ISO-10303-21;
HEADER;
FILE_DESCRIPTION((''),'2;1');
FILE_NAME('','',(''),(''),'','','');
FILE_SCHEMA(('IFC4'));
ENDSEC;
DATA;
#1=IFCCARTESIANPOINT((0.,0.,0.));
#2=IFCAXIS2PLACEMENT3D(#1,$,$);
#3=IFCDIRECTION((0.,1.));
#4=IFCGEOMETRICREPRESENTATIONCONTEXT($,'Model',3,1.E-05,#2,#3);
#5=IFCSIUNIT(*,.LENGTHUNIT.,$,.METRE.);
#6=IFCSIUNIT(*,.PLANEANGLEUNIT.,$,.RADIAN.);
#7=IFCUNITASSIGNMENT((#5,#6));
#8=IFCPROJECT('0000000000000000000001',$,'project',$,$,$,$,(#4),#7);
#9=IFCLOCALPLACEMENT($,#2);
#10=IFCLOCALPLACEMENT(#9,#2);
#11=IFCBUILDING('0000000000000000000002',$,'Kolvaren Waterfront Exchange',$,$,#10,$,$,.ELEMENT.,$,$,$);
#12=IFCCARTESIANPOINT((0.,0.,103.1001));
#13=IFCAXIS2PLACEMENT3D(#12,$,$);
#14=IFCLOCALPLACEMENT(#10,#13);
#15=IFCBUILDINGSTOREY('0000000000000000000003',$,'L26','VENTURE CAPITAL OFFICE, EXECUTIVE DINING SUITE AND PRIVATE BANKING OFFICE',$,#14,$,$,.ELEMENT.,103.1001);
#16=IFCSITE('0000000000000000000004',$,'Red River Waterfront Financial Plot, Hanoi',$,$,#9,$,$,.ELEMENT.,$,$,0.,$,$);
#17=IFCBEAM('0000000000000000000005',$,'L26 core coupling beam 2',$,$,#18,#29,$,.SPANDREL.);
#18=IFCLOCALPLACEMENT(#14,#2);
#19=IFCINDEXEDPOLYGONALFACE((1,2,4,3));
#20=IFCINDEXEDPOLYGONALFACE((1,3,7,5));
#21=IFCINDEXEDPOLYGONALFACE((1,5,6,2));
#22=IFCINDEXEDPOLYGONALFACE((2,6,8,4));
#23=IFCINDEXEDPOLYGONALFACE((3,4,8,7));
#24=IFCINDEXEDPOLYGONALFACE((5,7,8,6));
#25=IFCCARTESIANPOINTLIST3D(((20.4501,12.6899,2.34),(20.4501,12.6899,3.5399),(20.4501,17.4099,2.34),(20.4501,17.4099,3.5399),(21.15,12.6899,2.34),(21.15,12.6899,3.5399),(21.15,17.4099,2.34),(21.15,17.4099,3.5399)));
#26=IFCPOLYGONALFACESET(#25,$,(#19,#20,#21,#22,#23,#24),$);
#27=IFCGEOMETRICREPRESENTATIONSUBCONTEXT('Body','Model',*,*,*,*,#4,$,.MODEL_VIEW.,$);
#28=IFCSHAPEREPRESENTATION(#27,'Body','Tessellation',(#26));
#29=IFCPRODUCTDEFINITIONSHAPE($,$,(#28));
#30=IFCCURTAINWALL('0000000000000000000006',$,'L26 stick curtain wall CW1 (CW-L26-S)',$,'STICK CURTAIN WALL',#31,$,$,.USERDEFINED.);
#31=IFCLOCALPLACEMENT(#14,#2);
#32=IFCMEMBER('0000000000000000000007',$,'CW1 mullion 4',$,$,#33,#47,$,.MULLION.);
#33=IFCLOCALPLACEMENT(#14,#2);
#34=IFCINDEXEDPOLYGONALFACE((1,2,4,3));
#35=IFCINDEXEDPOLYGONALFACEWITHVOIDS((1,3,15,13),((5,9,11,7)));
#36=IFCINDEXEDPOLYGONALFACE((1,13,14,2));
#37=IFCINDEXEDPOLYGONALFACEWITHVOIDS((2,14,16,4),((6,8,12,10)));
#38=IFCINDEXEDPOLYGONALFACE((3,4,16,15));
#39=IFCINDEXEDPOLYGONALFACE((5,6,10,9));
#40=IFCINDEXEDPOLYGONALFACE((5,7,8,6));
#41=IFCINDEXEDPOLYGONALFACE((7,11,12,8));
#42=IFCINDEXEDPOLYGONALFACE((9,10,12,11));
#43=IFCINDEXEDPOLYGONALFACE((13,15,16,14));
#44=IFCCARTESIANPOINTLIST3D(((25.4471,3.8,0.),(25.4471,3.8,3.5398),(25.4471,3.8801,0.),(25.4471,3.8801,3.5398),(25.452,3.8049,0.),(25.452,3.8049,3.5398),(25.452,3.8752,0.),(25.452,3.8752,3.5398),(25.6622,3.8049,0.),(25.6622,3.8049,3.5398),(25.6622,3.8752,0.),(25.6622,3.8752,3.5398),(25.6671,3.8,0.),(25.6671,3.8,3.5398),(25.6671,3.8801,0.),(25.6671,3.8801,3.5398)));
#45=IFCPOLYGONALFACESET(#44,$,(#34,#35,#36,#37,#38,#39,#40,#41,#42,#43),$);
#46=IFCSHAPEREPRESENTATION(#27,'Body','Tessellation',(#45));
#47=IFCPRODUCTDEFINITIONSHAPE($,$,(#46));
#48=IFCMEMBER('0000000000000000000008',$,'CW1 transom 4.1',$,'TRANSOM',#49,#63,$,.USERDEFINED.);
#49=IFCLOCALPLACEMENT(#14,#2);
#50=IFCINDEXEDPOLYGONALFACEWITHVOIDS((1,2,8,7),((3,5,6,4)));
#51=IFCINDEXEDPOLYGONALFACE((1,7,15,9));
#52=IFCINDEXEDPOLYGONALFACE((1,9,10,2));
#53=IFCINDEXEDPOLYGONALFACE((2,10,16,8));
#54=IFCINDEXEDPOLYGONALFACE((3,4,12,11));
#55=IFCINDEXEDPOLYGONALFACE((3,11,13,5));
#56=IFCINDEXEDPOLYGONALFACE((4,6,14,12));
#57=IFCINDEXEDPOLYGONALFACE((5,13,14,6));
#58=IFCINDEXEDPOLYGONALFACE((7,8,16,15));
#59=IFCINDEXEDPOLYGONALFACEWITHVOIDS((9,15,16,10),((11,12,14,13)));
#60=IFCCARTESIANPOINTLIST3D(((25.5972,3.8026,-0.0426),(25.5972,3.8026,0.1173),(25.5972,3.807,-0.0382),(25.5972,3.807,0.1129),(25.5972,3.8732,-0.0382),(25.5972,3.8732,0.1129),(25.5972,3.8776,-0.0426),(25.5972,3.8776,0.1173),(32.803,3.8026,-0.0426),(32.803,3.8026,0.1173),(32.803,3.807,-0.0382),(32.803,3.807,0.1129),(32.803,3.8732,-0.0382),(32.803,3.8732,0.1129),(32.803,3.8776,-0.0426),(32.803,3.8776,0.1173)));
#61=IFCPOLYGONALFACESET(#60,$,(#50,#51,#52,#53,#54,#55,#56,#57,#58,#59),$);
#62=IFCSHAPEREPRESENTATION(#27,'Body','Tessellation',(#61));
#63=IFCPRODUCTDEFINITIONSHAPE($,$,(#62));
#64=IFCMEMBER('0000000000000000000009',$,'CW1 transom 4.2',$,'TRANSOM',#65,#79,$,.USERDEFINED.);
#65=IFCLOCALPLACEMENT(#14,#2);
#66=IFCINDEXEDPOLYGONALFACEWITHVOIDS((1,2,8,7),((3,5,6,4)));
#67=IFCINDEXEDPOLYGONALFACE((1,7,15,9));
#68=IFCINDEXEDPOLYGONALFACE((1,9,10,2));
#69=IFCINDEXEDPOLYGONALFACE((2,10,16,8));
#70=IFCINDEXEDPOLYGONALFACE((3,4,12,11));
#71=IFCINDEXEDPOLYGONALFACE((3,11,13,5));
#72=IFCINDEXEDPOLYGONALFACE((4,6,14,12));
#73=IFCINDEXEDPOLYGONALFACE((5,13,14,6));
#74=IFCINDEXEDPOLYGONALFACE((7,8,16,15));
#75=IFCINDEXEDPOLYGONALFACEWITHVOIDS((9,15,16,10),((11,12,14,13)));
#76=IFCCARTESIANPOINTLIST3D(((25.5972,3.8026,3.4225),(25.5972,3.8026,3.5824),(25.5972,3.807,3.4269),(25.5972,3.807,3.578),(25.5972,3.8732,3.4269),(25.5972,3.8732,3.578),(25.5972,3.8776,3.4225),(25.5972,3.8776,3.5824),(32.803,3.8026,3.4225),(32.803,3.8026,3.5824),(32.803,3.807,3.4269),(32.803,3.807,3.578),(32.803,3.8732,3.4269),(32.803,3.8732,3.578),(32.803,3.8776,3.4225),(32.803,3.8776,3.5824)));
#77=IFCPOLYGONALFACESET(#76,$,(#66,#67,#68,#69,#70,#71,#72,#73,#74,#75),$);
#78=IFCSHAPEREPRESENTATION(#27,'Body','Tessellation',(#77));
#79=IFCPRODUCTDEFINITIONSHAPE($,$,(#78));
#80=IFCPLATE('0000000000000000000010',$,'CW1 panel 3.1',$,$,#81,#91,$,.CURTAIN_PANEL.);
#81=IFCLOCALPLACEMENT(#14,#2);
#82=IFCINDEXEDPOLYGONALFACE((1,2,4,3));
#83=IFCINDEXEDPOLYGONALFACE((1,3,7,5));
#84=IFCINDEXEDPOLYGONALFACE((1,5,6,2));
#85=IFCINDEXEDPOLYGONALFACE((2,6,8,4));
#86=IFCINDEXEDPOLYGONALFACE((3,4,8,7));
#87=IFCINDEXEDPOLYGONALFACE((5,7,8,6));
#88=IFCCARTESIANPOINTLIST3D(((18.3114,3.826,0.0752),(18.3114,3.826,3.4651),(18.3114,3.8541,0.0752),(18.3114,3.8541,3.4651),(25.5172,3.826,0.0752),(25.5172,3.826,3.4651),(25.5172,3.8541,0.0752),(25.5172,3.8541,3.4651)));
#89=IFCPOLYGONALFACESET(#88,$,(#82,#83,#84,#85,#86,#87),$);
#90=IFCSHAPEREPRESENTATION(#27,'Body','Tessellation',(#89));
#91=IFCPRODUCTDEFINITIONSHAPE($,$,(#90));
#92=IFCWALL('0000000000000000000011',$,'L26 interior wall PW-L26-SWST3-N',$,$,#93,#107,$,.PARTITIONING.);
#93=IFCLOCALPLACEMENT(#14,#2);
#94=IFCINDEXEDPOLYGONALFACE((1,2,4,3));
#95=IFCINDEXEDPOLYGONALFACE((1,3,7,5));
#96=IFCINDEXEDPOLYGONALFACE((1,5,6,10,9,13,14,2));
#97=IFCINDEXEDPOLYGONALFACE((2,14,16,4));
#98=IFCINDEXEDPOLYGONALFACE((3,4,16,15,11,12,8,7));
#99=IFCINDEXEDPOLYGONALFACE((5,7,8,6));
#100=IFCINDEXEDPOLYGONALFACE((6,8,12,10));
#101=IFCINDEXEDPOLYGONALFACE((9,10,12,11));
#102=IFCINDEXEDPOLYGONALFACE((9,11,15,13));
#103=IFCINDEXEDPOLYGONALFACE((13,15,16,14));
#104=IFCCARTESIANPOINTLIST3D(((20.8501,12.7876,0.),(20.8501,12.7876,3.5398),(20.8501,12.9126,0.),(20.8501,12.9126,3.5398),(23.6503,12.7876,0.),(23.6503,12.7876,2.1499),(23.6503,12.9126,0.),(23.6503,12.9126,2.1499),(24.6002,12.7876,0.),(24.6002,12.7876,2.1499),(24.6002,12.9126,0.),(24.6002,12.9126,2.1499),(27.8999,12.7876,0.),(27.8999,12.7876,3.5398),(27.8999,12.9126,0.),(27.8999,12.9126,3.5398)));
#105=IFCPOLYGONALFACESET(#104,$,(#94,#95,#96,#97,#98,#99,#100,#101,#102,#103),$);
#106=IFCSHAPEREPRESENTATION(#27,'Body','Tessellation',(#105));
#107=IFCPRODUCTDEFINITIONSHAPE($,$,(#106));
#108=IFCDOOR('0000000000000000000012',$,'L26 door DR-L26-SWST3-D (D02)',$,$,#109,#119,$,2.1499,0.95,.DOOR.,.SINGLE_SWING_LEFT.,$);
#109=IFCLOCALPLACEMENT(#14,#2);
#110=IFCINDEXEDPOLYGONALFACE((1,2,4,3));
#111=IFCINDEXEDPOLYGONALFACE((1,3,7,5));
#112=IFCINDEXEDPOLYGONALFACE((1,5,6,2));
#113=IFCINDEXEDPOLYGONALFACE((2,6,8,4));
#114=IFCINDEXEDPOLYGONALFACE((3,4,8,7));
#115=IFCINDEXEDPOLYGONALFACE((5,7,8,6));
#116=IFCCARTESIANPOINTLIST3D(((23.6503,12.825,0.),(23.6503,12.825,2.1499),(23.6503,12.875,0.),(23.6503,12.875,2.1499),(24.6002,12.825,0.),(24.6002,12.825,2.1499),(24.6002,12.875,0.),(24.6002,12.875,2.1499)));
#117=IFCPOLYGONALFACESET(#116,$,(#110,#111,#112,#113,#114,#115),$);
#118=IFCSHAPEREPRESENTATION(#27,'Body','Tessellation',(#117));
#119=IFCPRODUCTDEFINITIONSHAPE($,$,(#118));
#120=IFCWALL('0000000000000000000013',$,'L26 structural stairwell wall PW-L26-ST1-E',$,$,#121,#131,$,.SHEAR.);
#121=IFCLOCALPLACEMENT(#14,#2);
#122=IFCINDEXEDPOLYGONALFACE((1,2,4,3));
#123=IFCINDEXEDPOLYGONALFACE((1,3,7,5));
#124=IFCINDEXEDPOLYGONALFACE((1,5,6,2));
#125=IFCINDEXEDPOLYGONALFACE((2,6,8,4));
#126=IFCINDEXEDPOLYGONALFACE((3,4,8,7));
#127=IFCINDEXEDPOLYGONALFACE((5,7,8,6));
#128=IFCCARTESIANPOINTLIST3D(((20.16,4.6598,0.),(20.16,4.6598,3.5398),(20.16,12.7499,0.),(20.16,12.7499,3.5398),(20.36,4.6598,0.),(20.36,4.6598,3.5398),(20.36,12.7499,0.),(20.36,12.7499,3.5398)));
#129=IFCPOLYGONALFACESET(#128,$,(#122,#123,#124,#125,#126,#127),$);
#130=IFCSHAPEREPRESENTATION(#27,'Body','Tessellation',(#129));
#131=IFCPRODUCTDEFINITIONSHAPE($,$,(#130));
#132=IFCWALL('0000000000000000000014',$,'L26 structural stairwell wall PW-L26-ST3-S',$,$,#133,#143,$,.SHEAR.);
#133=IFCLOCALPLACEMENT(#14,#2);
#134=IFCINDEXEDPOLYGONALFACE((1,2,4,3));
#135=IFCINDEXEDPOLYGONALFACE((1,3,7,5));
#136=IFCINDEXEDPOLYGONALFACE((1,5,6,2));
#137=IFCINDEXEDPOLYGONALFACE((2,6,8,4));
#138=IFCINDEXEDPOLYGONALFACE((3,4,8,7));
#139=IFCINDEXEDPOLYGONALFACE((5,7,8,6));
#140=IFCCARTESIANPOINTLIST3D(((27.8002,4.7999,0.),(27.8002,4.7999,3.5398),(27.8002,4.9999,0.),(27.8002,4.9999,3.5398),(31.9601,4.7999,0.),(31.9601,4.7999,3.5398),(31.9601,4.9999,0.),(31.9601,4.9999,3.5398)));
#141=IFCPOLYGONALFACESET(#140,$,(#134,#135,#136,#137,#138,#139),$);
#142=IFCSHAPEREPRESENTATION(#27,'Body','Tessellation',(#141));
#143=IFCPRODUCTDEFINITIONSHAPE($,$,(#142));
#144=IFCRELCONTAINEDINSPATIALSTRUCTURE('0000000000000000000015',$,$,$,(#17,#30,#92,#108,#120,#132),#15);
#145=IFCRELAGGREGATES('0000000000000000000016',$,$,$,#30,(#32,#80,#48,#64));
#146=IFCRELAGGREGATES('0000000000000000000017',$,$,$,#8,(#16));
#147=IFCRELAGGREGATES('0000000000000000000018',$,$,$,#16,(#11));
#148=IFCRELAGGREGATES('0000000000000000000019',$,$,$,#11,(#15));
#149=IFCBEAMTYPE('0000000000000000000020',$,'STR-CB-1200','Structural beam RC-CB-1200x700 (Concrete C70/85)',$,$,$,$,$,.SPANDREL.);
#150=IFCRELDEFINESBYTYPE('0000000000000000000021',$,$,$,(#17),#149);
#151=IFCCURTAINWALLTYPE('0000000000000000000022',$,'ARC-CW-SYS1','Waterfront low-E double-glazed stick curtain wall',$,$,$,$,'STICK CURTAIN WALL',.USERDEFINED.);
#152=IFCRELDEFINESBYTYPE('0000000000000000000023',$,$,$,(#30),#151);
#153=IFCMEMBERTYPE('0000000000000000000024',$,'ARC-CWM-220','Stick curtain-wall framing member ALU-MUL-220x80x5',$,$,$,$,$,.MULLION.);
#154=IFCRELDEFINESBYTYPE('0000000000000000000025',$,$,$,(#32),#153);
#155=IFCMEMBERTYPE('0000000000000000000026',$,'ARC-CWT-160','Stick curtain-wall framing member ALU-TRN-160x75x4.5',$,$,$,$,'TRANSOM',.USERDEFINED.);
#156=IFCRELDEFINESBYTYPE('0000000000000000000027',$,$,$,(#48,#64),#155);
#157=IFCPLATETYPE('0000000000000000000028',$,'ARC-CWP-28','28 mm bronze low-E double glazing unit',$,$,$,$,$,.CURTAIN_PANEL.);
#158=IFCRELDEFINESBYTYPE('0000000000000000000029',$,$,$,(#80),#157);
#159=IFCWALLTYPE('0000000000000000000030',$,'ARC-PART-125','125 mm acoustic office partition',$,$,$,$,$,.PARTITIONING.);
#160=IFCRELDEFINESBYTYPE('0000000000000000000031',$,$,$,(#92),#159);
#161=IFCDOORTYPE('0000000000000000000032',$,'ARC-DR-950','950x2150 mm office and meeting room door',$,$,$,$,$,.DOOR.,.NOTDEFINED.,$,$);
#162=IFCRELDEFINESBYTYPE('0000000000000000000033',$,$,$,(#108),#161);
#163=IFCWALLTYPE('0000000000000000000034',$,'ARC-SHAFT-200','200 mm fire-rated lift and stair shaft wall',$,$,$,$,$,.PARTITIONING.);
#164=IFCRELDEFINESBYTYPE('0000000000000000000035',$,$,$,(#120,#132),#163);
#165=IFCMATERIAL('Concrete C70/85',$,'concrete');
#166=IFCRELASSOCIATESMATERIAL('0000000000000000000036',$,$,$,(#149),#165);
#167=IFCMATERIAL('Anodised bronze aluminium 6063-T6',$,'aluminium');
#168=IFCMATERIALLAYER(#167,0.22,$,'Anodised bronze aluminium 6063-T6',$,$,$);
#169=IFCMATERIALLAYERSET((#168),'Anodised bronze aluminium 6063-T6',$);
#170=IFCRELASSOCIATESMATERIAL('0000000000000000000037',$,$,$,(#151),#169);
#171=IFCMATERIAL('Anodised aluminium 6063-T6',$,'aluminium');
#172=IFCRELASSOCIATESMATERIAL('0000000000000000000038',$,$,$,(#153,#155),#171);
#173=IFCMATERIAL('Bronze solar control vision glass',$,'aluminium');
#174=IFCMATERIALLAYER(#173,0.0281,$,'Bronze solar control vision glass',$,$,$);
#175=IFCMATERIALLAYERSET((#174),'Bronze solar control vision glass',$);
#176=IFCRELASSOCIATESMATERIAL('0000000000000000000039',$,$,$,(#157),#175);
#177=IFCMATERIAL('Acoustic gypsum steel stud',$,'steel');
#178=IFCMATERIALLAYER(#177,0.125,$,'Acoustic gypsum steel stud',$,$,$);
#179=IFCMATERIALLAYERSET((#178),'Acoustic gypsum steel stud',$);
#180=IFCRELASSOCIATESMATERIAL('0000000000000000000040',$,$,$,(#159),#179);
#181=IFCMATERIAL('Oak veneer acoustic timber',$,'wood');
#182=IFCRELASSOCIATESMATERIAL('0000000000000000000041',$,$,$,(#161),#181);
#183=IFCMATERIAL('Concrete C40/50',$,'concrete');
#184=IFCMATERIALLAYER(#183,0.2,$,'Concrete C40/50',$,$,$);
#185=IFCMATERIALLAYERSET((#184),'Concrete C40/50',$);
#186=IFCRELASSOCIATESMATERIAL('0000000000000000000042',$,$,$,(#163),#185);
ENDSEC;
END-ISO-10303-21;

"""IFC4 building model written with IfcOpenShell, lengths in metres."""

from ifc_helpers import new_model, si_unit, direction, frame, frame_2d, origin, origin_with_axes, origin_2d, place, context, subcontext, project, spatial, rectangle, hollow_rectangle, extrude, source, transform, mapped, material, layer, layer_set, material_profile, profile_set, type_object, element, fill, aggregate, save


model = new_model("IFC4")

# Units and contexts
model_context = context("Model", 3, precision=1e-05, world=origin(), true_north=direction((0.0, 1.0)))
body_context = subcontext(model_context, "Body", "Model", "MODEL_VIEW")
ifc_project = project(units=[si_unit("LENGTHUNIT", "METRE"), si_unit("PLANEANGLEUNIT", "RADIAN")], contexts=[model_context])

# Site, building, storey
site_placement = place(None, origin())
site = spatial("IfcSite", under=ifc_project, at=site_placement, Name="Red River Waterfront Financial Plot, Hanoi", CompositionType="ELEMENT", RefElevation=0.0)
building_placement = place(site_placement, origin())
building = spatial("IfcBuilding", under=site, at=building_placement, Name="Kolvaren Waterfront Exchange", CompositionType="ELEMENT")
storey_placement = place(building_placement, frame((0.0, 0.0, 103.1001)))
storey = spatial("IfcBuildingStorey", under=building, at=storey_placement, Name="L26", Description="VENTURE CAPITAL OFFICE, EXECUTIVE DINING SUITE AND PRIVATE BANKING OFFICE", CompositionType="ELEMENT", Elevation=103.1001)

# Beam
ifc_material_1 = material(Name="Concrete C70/85", Category="concrete")
ifc_material_profile_1 = material_profile(ifc_material_1, rectangle(XDim=0.7, YDim=1.2, at=origin_2d()), Name="RC-CB-1200x700")
ifc_profile_set_1 = profile_set([ifc_material_profile_1], Name="Concrete C70/85")
beam_type_1 = type_object("IfcBeamType", Name="STR-CB-1200", Description="Structural beam RC-CB-1200x700 (Concrete C70/85)", PredefinedType="SPANDREL", material=ifc_profile_set_1)
beam_1_placement = place(storey_placement, frame((20.8, 12.6899, 2.9399), z_axis=(0.0, 1.0, 0.0), x_axis=(-1.0, 0.0, 0.0)))
element("IfcBeam", 1, at=beam_1_placement, inside=storey, type_object=beam_type_1, Name="L26 core coupling beam 2", PredefinedType="SPANDREL", context=body_context, shape_type="SweptSolid", body=[
    extrude(rectangle(XDim=0.7, YDim=1.2, at=origin_2d()), origin(), (0.0, 0.0, 1.0), 4.72),
])

# Curtain wall, members, plate
ifc_material_2 = material(Name="Anodised bronze aluminium 6063-T6", Category="aluminium")
ifc_layer_1 = layer(ifc_material_2, 0.22, Name="Anodised bronze aluminium 6063-T6")
ifc_layer_set_1 = layer_set([ifc_layer_1], Name="Anodised bronze aluminium 6063-T6")
curtain_wall_type = type_object("IfcCurtainWallType", Name="ARC-CW-SYS1", Description="Waterfront low-E double-glazed stick curtain wall", ElementType="STICK CURTAIN WALL", PredefinedType="USERDEFINED", material=ifc_layer_set_1)
curtain_wall_placement = place(storey_placement, origin())
curtain_wall = element("IfcCurtainWall", 2, at=curtain_wall_placement, inside=storey, type_object=curtain_wall_type, Name="L26 stick curtain wall CW1 (CW-L26-S)", ObjectType="STICK CURTAIN WALL", PredefinedType="USERDEFINED")
ifc_material_3 = material(Name="Anodised aluminium 6063-T6", Category="aluminium")
ifc_material_profile_2 = material_profile(ifc_material_3, hollow_rectangle(XDim=0.0801, YDim=0.22, WallThickness=0.0049, at=origin_2d()), Name="ALU-MUL-220x80x5")
ifc_profile_set_2 = profile_set([ifc_material_profile_2], Name="Anodised aluminium 6063-T6")
member_type_1 = type_object("IfcMemberType", Name="ARC-CWM-220", Description="Stick curtain-wall framing member ALU-MUL-220x80x5", PredefinedType="MULLION", material=ifc_profile_set_2)
shared_shape_1 = source(origin_with_axes(), body_context, "Body", "SweptSolid", [
    extrude(hollow_rectangle(XDim=0.0801, YDim=0.22, WallThickness=0.0049, at=origin_2d()), origin(), (0.0, 0.0, 1.0), 3.5398),
])
member_1_placement = place(storey_placement, frame((25.5571, 3.8401, 0.0), z_axis=(0.0, 0.0, 1.0), x_axis=(0.0, 1.0, 0.0)))
member_1 = element("IfcMember", 3, at=member_1_placement, type_object=member_type_1, Name="CW1 mullion 4", PredefinedType="MULLION", context=body_context, shape_type="MappedRepresentation", body=[
    mapped(shared_shape_1, transform((0.0, 0.0, 0.0), x_axis=(1.0, 0.0, 0.0), y_axis=(0.0, 1.0, 0.0), z_axis=(0.0, 0.0, 1.0), scale=1.0)),
])
ifc_material_profile_3 = material_profile(ifc_material_3, hollow_rectangle(XDim=0.075, YDim=0.1599, WallThickness=0.0044, at=origin_2d()), Name="ALU-TRN-160x75x4.5")
ifc_profile_set_3 = profile_set([ifc_material_profile_3], Name="Anodised aluminium 6063-T6")
member_type_2 = type_object("IfcMemberType", Name="ARC-CWT-160", Description="Stick curtain-wall framing member ALU-TRN-160x75x4.5", ElementType="TRANSOM", PredefinedType="USERDEFINED", material=ifc_profile_set_3)
shared_shape_2 = source(origin_with_axes(), body_context, "Body", "SweptSolid", [
    extrude(hollow_rectangle(XDim=0.075, YDim=0.1599, WallThickness=0.0044, at=origin_2d()), origin(), (0.0, 0.0, 1.0), 7.2058),
])
member_2_placement = place(storey_placement, frame((25.5972, 3.8401, 0.0374), z_axis=(1.0, 0.0, 0.0), x_axis=(0.0, 1.0, 0.0)))
member_2 = element("IfcMember", 4, at=member_2_placement, type_object=member_type_2, Name="CW1 transom 4.1", ObjectType="TRANSOM", PredefinedType="USERDEFINED", context=body_context, shape_type="MappedRepresentation", body=[
    mapped(shared_shape_2, transform((0.0, 0.0, 0.0), x_axis=(1.0, 0.0, 0.0), y_axis=(0.0, 1.0, 0.0), z_axis=(0.0, 0.0, 1.0), scale=1.0)),
])
member_3_placement = place(storey_placement, frame((25.5972, 3.8401, 3.5024), z_axis=(1.0, 0.0, 0.0), x_axis=(0.0, 1.0, 0.0)))
member_3 = element("IfcMember", 5, at=member_3_placement, type_object=member_type_2, Name="CW1 transom 4.2", ObjectType="TRANSOM", PredefinedType="USERDEFINED", context=body_context, shape_type="MappedRepresentation", body=[
    mapped(shared_shape_2, transform((0.0, 0.0, 0.0), x_axis=(1.0, 0.0, 0.0), y_axis=(0.0, 1.0, 0.0), z_axis=(0.0, 0.0, 1.0), scale=1.0)),
])
ifc_material_4 = material(Name="Bronze solar control vision glass", Category="aluminium")
ifc_layer_2 = layer(ifc_material_4, 0.0281, Name="Bronze solar control vision glass")
ifc_layer_set_2 = layer_set([ifc_layer_2], Name="Bronze solar control vision glass")
plate_type = type_object("IfcPlateType", Name="ARC-CWP-28", Description="28 mm bronze low-E double glazing unit", PredefinedType="CURTAIN_PANEL", material=ifc_layer_set_2)
shared_shape_3 = source(origin_with_axes(), body_context, "Body", "SweptSolid", [
    extrude(rectangle(XDim=7.2058, YDim=0.0281, at=origin_2d()), origin(), (0.0, 0.0, 1.0), 3.3899),
])
plate_placement = place(storey_placement, frame((21.9143, 3.8401, 0.0752), z_axis=(0.0, 0.0, 1.0), x_axis=(1.0, 0.0, 0.0)))
plate = element("IfcPlate", 6, at=plate_placement, type_object=plate_type, Name="CW1 panel 3.1", PredefinedType="CURTAIN_PANEL", context=body_context, shape_type="MappedRepresentation", body=[
    mapped(shared_shape_3, transform((0.0, 0.0, 0.0), x_axis=(1.0, 0.0, 0.0), y_axis=(0.0, 1.0, 0.0), z_axis=(0.0, 0.0, 1.0), scale=1.0)),
])
aggregate(curtain_wall, [member_1, plate, member_2, member_3])

# Wall, opening, door
ifc_material_5 = material(Name="Acoustic gypsum steel stud", Category="steel")
ifc_layer_3 = layer(ifc_material_5, 0.125, Name="Acoustic gypsum steel stud")
ifc_layer_set_3 = layer_set([ifc_layer_3], Name="Acoustic gypsum steel stud")
wall_type_1 = type_object("IfcWallType", Name="ARC-PART-125", Description="125 mm acoustic office partition", PredefinedType="PARTITIONING", material=ifc_layer_set_3)
wall_1_placement = place(storey_placement, frame((20.8501, 12.8501, 0.0), z_axis=(0.0, 0.0, 1.0), x_axis=(1.0, 0.0, 0.0)))
wall_1 = element("IfcWall", 7, at=wall_1_placement, inside=storey, type_object=wall_type_1, Name="L26 interior wall PW-L26-SWST3-N", PredefinedType="PARTITIONING", context=body_context, shape_type="SweptSolid", body=[
    extrude(rectangle(XDim=7.0498, YDim=0.125, at=frame_2d((3.5249, 0.0))), origin(), (0.0, 0.0, 1.0), 3.5398),
])
opening_1_placement = place(wall_1_placement, frame((2.8, 0.0, 0.0)))
opening_1 = element("IfcOpeningElement", 8, at=opening_1_placement, cuts=wall_1, PredefinedType="OPENING", context=body_context, shape_type="SweptSolid", body=[
    extrude(rectangle(XDim=0.95, YDim=2.1499, at=frame_2d((0.4751, 1.075))), frame((0.0, 0.0725, 0.0), z_axis=(0.0, -1.0, 0.0), x_axis=(1.0, 0.0, 0.0)), (0.0, 0.0, 1.0), 0.145),
])
ifc_material_6 = material(Name="Oak veneer acoustic timber", Category="wood")
door_type_1 = type_object("IfcDoorType", Name="ARC-DR-950", Description="950x2150 mm office and meeting room door", OperationType="NOTDEFINED", PredefinedType="DOOR", material=ifc_material_6)
door_1_placement = place(opening_1_placement, origin())
door_1 = element("IfcDoor", 9, at=door_1_placement, inside=storey, type_object=door_type_1, Name="L26 door DR-L26-SWST3-D (D02)", OperationType="SINGLE_SWING_LEFT", OverallHeight=2.1499, OverallWidth=0.95, PredefinedType="DOOR", context=body_context, shape_type="SweptSolid", body=[
    extrude(rectangle(XDim=0.95, YDim=2.1499, at=frame_2d((0.4751, 1.075))), frame((0.0, 0.0249, 0.0), z_axis=(0.0, -1.0, 0.0), x_axis=(1.0, 0.0, 0.0)), (0.0, 0.0, 1.0), 0.05),
])
fill(opening_1, door_1)

# Walls
ifc_material_7 = material(Name="Concrete C40/50", Category="concrete")
ifc_layer_4 = layer(ifc_material_7, 0.2, Name="Concrete C40/50")
ifc_layer_set_4 = layer_set([ifc_layer_4], Name="Concrete C40/50")
wall_type_2 = type_object("IfcWallType", Name="ARC-SHAFT-200", Description="200 mm fire-rated lift and stair shaft wall", PredefinedType="PARTITIONING", material=ifc_layer_set_4)
wall_2_placement = place(storey_placement, frame((20.26, 4.6599, 0.0), z_axis=(0.0, 0.0, 1.0), x_axis=(0.0, 1.0, 0.0)))
element("IfcWall", 10, at=wall_2_placement, inside=storey, type_object=wall_type_2, Name="L26 structural stairwell wall PW-L26-ST1-E", PredefinedType="SHEAR", context=body_context, shape_type="SweptSolid", body=[
    extrude(rectangle(XDim=8.0901, YDim=0.2, at=frame_2d((4.0449, 0.0))), origin(), (0.0, 0.0, 1.0), 3.5398),
])
wall_3_placement = place(storey_placement, frame((27.8, 4.8999, 0.0), z_axis=(0.0, 0.0, 1.0), x_axis=(1.0, 0.0, 0.0)))
element("IfcWall", 11, at=wall_3_placement, inside=storey, type_object=wall_type_2, Name="L26 structural stairwell wall PW-L26-ST3-S", PredefinedType="SHEAR", context=body_context, shape_type="SweptSolid", body=[
    extrude(rectangle(XDim=4.1599, YDim=0.2, at=frame_2d((2.0801, 0.0))), origin(), (0.0, 0.0, 1.0), 3.5398),
])

save(model, "model.ifc")
